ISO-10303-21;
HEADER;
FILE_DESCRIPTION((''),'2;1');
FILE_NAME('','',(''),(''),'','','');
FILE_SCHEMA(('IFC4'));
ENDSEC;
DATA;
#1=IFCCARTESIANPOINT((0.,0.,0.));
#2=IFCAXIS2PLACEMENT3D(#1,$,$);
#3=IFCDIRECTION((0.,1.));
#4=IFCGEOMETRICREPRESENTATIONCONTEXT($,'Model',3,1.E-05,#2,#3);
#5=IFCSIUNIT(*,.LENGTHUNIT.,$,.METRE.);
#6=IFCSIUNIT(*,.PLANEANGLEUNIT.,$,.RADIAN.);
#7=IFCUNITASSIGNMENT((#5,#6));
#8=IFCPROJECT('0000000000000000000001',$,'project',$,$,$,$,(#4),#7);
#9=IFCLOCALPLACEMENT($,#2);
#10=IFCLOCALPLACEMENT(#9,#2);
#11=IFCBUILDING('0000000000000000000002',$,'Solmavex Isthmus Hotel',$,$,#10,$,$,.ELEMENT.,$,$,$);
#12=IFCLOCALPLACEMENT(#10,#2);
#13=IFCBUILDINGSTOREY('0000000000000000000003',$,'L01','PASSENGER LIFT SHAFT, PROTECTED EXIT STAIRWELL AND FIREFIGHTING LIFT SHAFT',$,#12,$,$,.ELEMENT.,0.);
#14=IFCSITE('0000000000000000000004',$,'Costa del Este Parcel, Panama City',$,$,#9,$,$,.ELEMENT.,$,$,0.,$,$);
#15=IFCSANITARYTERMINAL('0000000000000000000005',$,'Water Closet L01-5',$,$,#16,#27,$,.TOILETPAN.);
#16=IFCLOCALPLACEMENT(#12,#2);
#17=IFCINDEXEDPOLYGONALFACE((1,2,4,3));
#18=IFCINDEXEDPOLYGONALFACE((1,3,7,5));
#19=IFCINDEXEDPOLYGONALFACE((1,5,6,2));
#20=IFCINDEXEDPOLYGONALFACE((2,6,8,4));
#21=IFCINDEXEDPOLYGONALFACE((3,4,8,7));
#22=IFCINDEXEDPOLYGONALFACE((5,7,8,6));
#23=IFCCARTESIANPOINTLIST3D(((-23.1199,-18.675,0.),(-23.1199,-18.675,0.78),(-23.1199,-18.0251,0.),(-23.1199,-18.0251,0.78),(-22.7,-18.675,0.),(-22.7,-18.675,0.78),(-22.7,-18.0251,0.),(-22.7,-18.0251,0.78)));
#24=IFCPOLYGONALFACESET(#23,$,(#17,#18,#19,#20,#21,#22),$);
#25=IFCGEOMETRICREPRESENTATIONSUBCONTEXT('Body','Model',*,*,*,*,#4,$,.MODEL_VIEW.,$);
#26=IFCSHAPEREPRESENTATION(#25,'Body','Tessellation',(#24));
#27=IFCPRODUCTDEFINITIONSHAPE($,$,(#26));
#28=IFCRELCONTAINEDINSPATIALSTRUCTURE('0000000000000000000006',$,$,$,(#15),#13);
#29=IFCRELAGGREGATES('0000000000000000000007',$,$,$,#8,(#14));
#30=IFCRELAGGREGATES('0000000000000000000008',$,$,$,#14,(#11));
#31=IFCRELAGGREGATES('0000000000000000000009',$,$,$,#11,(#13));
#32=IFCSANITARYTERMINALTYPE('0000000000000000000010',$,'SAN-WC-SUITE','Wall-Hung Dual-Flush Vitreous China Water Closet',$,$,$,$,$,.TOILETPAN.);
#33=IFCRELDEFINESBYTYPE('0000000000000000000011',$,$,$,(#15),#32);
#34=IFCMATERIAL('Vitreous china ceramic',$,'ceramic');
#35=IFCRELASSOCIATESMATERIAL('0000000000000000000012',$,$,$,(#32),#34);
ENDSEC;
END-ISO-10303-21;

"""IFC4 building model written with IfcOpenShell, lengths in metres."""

from ifc_helpers import new_model, si_unit, direction, frame, origin, origin_2d, place, context, subcontext, project, spatial, rectangle, extrude, material, type_object, element, save


model = new_model("IFC4")

# Units and contexts
model_context = context("Model", 3, precision=1e-05, world=origin(), true_north=direction((0.0, 1.0)))
body_context = subcontext(model_context, "Body", "Model", "MODEL_VIEW")
ifc_project = project(units=[si_unit("LENGTHUNIT", "METRE"), si_unit("PLANEANGLEUNIT", "RADIAN")], contexts=[model_context])

# Site, building, storey
site_placement = place(None, origin())
site = spatial("IfcSite", under=ifc_project, at=site_placement, Name="Costa del Este Parcel, Panama City", CompositionType="ELEMENT", RefElevation=0.0)
building_placement = place(site_placement, origin())
building = spatial("IfcBuilding", under=site, at=building_placement, Name="Solmavex Isthmus Hotel", CompositionType="ELEMENT")
storey_placement = place(building_placement, origin())
storey = spatial("IfcBuildingStorey", under=building, at=storey_placement, Name="L01", Description="PASSENGER LIFT SHAFT, PROTECTED EXIT STAIRWELL AND FIREFIGHTING LIFT SHAFT", CompositionType="ELEMENT", Elevation=0.0)

# Sanitary terminal
ifc_material_1 = material(Name="Vitreous china ceramic", Category="ceramic")
sanitary_terminal_type_1 = type_object("IfcSanitaryTerminalType", Name="SAN-WC-SUITE", Description="Wall-Hung Dual-Flush Vitreous China Water Closet", PredefinedType="TOILETPAN", material=ifc_material_1)
for number, where, z_axis, x_axis, name in (
    (1, (-22.9099, -18.3501, 0.0), (0.0, 0.0, 1.0), (1.0, 0.0, 0.0), "Water Closet L01-5"),
):
    element("IfcSanitaryTerminal", number, at=place(storey_placement, frame(where, z_axis=z_axis, x_axis=x_axis)), inside=storey, type_object=sanitary_terminal_type_1, Name=name, PredefinedType="TOILETPAN", context=body_context, shape_type="SweptSolid", body=[
        extrude(rectangle(XDim=0.4199, YDim=0.6499, at=origin_2d()), origin(), (0.0, 0.0, 1.0), 0.78),
    ])

save(model, "model.ifc")
